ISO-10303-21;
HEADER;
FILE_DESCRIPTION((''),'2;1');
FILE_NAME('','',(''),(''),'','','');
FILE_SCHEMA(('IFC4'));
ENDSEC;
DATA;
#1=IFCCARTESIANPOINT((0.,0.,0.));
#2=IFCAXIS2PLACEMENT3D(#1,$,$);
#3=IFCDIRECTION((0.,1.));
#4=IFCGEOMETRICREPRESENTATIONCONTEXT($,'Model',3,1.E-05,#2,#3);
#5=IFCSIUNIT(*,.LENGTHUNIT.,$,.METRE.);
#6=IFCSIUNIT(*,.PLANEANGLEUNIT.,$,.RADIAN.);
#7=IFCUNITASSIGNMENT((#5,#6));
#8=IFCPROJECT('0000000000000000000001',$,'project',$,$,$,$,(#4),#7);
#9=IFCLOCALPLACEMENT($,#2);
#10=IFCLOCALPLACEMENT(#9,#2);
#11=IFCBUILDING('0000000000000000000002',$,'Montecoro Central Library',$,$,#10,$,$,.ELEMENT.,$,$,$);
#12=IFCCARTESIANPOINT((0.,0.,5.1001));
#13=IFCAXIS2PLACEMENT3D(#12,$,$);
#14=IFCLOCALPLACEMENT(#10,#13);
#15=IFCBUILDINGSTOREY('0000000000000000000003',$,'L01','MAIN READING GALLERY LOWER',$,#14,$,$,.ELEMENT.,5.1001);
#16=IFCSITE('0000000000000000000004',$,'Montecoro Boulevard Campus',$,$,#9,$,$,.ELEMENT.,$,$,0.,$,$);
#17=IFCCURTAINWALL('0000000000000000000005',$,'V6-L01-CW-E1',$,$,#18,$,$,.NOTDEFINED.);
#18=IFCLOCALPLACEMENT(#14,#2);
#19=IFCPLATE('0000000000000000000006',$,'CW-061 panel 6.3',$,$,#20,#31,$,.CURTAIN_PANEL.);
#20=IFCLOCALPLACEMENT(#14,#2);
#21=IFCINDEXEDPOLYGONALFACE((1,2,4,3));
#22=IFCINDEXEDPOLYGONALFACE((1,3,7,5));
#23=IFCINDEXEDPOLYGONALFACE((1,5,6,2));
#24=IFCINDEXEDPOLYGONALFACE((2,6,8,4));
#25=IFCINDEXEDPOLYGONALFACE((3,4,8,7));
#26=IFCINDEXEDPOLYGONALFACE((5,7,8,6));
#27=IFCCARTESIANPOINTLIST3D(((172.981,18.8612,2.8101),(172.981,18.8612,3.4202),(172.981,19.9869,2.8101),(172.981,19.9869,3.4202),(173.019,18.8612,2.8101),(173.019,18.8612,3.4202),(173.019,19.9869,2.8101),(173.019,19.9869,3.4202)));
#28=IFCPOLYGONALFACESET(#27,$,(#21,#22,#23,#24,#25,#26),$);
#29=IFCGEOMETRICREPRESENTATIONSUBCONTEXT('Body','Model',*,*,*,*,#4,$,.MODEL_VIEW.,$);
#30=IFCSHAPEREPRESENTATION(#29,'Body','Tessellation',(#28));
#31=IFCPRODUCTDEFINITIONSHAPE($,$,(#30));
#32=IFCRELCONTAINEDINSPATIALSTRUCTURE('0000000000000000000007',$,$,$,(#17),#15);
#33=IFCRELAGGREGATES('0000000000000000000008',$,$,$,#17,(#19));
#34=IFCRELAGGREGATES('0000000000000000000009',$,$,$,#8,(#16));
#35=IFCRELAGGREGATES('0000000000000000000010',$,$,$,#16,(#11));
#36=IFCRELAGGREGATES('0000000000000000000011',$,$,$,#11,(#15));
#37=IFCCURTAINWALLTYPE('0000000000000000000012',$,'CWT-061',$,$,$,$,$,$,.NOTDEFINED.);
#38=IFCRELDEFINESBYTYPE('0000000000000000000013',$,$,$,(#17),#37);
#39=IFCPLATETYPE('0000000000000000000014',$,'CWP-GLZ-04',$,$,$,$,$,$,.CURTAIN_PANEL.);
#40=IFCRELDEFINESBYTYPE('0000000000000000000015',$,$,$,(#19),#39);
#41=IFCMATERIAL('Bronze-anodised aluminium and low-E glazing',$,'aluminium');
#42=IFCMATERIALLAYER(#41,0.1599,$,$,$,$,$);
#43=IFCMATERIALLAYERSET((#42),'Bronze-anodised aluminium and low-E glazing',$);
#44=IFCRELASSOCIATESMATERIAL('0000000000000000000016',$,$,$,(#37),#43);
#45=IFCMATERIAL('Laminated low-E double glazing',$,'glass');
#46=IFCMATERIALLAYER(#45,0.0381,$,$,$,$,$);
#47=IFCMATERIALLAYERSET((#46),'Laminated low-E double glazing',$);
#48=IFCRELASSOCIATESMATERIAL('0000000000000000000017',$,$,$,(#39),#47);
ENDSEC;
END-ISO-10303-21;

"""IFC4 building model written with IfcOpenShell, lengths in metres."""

from ifc_helpers import new_model, si_unit, direction, frame, origin, origin_2d, place, context, subcontext, project, spatial, rectangle, extrude, material, layer, layer_set, type_object, element, aggregate, save


model = new_model("IFC4")

# Units and contexts
model_context = context("Model", 3, precision=1e-05, world=origin(), true_north=direction((0.0, 1.0)))
body_context = subcontext(model_context, "Body", "Model", "MODEL_VIEW")
ifc_project = project(units=[si_unit("LENGTHUNIT", "METRE"), si_unit("PLANEANGLEUNIT", "RADIAN")], contexts=[model_context])

# Site, building, storey
site_placement = place(None, origin())
site = spatial("IfcSite", under=ifc_project, at=site_placement, Name="Montecoro Boulevard Campus", CompositionType="ELEMENT", RefElevation=0.0)
building_placement = place(site_placement, origin())
building = spatial("IfcBuilding", under=site, at=building_placement, Name="Montecoro Central Library", CompositionType="ELEMENT")
storey_placement = place(building_placement, frame((0.0, 0.0, 5.1001)))
storey = spatial("IfcBuildingStorey", under=building, at=storey_placement, Name="L01", Description="MAIN READING GALLERY LOWER", CompositionType="ELEMENT", Elevation=5.1001)

# Curtain wall, plate
ifc_material_1 = material(Name="Bronze-anodised aluminium and low-E glazing", Category="aluminium")
ifc_layer_1 = layer(ifc_material_1, 0.1599)
ifc_layer_set_1 = layer_set([ifc_layer_1], Name="Bronze-anodised aluminium and low-E glazing")
curtain_wall_type = type_object("IfcCurtainWallType", Name="CWT-061", PredefinedType="NOTDEFINED", material=ifc_layer_set_1)
curtain_wall_placement = place(storey_placement, origin())
curtain_wall = element("IfcCurtainWall", 1, at=curtain_wall_placement, inside=storey, type_object=curtain_wall_type, Name="V6-L01-CW-E1", PredefinedType="NOTDEFINED")
ifc_material_2 = material(Name="Laminated low-E double glazing", Category="glass")
ifc_layer_2 = layer(ifc_material_2, 0.0381)
ifc_layer_set_2 = layer_set([ifc_layer_2], Name="Laminated low-E double glazing")
plate_type = type_object("IfcPlateType", Name="CWP-GLZ-04", PredefinedType="CURTAIN_PANEL", material=ifc_layer_set_2)
plate_1_placement = place(storey_placement, frame((173.0, 19.4241, 2.8101), z_axis=(0.0, 0.0, 1.0), x_axis=(0.0, 1.0, 0.0)))
plate_1 = element("IfcPlate", 2, at=plate_1_placement, type_object=plate_type, Name="CW-061 panel 6.3", PredefinedType="CURTAIN_PANEL", context=body_context, shape_type="SweptSolid", body=[
    extrude(rectangle(XDim=1.1257, YDim=0.0381, at=origin_2d()), origin(), (0.0, 0.0, 1.0), 0.6101),
])
aggregate(curtain_wall, [plate_1])

save(model, "model.ifc")
